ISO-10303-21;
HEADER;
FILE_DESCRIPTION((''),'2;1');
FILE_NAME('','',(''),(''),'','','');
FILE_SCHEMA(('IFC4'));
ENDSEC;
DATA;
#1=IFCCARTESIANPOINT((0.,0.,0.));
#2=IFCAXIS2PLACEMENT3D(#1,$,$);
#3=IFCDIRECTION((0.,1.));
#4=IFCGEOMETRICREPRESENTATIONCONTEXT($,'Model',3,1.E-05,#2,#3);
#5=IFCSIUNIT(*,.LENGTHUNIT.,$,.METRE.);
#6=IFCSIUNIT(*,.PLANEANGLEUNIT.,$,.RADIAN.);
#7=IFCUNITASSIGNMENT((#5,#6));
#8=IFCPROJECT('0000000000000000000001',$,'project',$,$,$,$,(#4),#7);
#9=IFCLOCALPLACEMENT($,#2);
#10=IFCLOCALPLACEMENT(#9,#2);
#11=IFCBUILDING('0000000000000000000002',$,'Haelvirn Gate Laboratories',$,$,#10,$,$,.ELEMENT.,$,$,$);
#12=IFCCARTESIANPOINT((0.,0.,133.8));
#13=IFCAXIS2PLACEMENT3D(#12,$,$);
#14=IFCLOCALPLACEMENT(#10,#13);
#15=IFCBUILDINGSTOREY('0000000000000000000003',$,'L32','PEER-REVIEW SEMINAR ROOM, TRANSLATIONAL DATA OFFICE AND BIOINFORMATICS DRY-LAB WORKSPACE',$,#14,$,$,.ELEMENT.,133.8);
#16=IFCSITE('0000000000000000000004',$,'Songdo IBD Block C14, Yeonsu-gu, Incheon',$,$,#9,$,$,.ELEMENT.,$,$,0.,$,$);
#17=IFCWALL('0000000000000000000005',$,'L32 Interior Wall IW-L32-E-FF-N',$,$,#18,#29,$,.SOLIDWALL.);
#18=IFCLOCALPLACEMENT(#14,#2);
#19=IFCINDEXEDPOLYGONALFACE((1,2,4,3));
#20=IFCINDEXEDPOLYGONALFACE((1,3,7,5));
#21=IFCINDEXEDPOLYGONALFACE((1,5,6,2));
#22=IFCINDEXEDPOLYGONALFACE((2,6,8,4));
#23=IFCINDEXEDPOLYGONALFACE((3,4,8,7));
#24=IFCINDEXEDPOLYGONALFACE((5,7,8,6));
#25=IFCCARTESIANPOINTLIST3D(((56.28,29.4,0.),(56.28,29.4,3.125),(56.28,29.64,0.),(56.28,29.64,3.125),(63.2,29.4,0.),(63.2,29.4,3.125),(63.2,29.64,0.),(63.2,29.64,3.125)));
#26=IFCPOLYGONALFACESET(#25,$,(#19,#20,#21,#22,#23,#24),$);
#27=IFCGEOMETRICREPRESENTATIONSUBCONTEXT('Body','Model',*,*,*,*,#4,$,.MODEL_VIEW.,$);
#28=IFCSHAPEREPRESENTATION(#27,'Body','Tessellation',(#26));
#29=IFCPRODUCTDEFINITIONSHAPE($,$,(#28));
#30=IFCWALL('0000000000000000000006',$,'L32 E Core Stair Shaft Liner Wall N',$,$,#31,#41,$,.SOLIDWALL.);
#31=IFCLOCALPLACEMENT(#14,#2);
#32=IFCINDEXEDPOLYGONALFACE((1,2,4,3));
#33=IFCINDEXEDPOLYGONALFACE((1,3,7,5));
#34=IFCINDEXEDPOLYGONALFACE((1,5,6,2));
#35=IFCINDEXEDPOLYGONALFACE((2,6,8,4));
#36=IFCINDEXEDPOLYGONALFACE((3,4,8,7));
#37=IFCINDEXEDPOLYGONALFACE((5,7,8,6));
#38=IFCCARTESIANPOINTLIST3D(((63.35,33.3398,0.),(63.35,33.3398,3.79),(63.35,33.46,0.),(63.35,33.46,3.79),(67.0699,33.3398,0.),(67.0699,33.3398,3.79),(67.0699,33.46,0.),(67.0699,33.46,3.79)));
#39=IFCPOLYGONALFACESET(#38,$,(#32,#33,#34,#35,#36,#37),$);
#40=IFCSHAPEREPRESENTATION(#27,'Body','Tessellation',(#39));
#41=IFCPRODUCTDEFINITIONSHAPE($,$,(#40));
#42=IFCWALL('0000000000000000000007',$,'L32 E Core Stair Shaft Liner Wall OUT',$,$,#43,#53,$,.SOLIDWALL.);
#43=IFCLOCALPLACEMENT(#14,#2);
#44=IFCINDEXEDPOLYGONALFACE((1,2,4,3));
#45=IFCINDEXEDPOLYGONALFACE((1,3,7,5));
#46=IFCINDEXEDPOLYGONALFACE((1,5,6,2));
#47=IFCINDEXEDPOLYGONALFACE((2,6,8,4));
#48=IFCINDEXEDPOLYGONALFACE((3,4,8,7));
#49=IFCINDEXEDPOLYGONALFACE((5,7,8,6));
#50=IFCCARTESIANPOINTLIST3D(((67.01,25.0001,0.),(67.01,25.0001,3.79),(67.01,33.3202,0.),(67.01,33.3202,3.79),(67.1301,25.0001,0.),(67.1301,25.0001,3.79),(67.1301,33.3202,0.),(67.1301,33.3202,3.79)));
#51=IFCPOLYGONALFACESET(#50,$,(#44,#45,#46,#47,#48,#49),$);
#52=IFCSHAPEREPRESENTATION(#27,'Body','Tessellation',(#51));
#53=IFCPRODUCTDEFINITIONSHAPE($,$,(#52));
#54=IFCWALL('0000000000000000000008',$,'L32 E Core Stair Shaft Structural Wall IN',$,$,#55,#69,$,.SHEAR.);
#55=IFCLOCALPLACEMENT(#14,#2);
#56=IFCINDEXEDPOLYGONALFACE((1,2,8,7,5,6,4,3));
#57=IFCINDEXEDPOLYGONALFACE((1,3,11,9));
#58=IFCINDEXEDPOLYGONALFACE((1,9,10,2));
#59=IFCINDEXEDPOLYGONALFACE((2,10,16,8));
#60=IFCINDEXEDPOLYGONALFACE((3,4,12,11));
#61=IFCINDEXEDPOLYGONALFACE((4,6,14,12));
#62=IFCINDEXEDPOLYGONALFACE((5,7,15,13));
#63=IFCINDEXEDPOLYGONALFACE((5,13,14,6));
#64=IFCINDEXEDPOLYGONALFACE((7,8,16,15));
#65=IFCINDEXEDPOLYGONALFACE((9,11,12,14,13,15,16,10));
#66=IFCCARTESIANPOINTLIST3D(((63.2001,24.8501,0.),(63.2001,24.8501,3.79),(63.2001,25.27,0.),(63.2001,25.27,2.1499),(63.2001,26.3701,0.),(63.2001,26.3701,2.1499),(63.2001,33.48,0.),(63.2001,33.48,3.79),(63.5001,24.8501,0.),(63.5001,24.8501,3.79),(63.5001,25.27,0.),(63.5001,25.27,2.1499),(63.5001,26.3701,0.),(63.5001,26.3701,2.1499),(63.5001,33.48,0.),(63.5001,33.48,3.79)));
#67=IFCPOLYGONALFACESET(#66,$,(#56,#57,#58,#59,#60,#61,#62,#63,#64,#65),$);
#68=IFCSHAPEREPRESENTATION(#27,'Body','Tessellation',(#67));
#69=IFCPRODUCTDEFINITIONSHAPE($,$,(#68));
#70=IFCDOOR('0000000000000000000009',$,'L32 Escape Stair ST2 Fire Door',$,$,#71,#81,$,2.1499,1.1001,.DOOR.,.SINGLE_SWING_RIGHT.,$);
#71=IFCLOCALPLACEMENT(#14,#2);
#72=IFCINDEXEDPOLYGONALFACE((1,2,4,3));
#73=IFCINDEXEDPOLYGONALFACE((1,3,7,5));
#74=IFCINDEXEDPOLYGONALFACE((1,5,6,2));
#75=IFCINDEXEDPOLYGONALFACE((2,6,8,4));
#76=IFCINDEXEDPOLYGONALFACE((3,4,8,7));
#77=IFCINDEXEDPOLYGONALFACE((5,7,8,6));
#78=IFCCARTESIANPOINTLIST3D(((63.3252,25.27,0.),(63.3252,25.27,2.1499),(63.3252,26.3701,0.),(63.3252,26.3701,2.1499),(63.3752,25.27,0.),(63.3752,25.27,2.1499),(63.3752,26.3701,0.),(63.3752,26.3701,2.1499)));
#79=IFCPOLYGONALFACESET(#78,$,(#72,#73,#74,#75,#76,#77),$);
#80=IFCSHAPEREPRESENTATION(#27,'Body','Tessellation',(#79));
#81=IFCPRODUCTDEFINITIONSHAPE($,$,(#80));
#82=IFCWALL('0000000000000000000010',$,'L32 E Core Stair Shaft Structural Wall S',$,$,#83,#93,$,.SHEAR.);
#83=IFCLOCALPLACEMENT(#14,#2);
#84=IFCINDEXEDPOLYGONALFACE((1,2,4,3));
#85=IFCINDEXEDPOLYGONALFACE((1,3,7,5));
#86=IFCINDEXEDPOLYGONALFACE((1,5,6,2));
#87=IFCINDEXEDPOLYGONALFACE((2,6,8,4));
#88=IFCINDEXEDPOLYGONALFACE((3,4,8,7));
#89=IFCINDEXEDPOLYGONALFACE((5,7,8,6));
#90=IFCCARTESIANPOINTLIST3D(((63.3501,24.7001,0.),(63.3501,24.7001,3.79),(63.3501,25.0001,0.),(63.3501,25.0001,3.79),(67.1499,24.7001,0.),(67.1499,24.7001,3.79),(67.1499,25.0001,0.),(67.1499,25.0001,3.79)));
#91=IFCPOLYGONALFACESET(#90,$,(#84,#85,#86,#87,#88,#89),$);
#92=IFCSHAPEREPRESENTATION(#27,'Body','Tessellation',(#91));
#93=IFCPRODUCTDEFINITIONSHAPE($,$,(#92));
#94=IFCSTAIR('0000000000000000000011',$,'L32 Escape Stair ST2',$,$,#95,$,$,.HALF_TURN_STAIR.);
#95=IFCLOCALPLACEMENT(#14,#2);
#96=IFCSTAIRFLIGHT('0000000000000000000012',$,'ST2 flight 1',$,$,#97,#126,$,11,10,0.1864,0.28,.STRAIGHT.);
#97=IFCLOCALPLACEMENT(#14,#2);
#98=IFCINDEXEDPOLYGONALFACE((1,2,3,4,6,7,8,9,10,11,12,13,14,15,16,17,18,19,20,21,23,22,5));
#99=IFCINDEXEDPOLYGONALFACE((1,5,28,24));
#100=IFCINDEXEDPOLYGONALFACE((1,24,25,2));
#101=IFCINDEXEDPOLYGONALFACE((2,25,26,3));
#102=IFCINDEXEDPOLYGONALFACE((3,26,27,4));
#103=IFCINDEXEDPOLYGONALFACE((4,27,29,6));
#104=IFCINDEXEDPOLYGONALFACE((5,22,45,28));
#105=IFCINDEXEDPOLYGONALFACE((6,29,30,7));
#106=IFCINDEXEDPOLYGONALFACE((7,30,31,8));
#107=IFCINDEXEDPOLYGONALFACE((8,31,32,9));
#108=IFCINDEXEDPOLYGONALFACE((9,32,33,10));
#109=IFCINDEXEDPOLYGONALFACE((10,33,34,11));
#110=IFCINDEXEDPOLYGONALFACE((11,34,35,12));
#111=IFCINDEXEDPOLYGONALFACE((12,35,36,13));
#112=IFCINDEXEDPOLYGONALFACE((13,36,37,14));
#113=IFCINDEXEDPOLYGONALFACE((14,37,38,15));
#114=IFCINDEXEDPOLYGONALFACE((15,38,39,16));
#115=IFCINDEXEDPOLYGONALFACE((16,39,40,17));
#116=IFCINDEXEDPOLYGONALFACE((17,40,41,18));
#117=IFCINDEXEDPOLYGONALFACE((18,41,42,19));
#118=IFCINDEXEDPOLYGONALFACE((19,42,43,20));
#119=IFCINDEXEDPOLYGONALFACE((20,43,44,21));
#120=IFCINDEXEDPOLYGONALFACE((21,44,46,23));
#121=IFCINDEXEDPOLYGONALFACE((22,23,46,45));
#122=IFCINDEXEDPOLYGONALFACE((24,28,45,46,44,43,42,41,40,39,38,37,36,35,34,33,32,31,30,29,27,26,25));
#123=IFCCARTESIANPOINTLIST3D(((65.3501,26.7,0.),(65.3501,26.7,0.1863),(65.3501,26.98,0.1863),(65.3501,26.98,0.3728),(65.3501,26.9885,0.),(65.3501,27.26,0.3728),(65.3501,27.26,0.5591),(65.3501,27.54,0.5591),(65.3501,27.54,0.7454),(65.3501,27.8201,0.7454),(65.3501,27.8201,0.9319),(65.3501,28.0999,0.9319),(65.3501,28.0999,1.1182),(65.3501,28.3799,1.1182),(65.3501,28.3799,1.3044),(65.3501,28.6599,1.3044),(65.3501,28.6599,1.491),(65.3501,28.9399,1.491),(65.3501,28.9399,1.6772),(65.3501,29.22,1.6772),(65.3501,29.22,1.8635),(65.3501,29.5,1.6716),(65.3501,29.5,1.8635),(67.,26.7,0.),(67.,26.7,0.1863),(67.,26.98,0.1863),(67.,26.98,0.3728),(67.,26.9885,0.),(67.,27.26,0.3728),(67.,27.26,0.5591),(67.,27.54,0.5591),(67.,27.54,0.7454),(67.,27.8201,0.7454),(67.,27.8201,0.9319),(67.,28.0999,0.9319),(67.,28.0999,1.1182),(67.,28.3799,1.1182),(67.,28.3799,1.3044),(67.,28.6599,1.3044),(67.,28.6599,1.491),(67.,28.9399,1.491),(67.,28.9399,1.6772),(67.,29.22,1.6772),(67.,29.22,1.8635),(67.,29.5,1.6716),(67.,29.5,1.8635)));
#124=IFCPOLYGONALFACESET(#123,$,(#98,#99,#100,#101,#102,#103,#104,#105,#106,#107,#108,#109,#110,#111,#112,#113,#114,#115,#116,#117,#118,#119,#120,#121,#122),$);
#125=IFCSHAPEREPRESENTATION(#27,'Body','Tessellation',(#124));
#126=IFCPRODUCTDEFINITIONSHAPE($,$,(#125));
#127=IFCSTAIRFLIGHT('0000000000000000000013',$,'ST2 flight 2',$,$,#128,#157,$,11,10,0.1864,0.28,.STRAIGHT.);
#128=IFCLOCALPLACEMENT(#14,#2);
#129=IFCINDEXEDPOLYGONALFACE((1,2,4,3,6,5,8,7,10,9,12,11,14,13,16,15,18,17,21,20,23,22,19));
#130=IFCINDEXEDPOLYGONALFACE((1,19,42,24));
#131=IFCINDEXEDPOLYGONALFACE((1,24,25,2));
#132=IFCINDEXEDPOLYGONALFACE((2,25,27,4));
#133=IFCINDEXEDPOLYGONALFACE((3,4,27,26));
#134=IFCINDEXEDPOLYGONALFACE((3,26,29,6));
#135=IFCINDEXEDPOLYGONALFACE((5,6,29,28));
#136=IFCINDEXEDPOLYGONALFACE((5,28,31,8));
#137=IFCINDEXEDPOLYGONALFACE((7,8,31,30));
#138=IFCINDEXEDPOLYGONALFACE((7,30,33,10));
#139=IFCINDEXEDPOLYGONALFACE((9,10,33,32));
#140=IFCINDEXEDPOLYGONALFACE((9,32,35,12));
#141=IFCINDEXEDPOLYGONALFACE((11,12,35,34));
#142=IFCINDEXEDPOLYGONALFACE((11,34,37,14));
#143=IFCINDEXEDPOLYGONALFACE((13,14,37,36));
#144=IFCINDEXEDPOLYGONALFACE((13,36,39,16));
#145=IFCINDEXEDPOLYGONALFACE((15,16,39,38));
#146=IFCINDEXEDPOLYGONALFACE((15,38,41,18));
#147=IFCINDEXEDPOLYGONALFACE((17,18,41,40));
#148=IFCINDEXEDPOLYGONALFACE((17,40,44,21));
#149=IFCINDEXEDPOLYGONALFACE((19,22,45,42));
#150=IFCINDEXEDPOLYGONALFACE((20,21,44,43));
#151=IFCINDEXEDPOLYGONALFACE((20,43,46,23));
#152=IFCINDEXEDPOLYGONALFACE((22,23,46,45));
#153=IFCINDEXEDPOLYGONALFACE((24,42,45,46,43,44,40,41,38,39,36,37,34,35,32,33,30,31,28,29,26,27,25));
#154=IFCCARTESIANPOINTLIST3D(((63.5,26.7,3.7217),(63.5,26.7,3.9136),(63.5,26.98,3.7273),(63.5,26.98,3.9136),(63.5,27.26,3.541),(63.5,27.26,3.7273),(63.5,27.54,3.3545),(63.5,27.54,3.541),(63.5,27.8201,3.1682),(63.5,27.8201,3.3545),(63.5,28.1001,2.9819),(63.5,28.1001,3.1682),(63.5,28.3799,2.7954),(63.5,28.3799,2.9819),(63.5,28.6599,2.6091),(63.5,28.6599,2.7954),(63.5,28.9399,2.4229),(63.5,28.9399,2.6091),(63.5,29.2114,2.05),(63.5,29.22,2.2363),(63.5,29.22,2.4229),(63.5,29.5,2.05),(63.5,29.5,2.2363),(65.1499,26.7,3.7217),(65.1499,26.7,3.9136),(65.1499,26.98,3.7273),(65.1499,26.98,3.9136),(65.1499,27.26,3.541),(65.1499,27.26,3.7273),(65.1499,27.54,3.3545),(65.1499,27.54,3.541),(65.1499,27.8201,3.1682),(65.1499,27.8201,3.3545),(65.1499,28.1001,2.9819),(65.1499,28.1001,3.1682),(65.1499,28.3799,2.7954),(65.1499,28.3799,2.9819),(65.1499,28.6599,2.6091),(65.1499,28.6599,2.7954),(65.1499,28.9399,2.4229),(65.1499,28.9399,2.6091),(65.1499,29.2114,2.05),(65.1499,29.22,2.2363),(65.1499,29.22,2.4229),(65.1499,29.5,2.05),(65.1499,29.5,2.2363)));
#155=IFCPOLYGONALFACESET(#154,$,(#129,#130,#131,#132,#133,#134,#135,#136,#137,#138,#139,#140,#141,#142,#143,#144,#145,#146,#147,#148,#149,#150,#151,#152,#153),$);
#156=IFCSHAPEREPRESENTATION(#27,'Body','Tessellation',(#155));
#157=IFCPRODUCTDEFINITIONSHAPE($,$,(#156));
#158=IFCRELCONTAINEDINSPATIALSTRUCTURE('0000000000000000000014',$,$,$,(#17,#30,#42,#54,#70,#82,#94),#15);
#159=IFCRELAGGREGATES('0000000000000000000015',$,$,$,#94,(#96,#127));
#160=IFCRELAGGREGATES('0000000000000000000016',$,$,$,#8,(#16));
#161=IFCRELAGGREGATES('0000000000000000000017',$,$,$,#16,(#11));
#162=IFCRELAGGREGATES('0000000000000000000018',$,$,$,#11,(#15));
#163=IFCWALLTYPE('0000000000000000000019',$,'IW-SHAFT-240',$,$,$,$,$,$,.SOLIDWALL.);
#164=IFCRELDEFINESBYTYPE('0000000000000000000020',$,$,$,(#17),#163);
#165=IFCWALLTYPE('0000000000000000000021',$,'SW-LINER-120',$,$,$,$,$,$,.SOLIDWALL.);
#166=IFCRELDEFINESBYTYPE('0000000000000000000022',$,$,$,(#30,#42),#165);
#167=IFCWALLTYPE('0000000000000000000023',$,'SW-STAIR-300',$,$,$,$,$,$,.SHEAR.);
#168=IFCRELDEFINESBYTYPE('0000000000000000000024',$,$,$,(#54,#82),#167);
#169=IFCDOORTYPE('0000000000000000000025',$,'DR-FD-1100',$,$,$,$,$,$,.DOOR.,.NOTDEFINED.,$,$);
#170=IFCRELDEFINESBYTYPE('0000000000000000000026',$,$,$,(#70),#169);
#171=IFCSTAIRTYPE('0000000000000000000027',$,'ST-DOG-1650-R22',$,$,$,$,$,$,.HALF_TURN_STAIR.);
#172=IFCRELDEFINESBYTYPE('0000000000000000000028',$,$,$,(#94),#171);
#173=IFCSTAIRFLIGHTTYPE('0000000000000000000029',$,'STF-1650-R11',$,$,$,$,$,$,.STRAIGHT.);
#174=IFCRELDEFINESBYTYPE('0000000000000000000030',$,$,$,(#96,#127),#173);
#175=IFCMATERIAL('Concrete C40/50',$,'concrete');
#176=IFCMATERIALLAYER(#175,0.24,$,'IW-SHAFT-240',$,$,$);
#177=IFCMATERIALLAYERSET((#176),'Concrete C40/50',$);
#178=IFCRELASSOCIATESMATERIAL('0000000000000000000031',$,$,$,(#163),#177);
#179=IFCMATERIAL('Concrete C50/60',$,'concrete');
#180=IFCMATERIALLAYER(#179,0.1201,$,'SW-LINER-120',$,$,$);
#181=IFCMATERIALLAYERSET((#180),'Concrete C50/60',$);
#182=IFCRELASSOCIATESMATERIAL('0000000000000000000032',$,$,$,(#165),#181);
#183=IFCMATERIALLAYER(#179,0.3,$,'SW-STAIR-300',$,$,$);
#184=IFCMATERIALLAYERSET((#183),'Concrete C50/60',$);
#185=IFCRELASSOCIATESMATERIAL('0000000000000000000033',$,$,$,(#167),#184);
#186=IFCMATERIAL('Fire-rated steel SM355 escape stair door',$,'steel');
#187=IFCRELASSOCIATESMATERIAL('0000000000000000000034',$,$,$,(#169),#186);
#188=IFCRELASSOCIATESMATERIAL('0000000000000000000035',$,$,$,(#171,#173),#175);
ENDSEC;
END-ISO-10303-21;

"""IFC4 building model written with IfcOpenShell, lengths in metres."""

from ifc_helpers import new_model, si_unit, direction, frame, frame_2d, origin, place, context, subcontext, project, spatial, polyline, rectangle, outline, extrude, source, transform, mapped, material, layer, layer_set, type_object, type_shapes, element, fill, aggregate, save


model = new_model("IFC4")

# Units and contexts
model_context = context("Model", 3, precision=1e-05, world=origin(), true_north=direction((0.0, 1.0)))
body_context = subcontext(model_context, "Body", "Model", "MODEL_VIEW")
ifc_project = project(units=[si_unit("LENGTHUNIT", "METRE"), si_unit("PLANEANGLEUNIT", "RADIAN")], contexts=[model_context])

# Site, building, storey
site_placement = place(None, origin())
site = spatial("IfcSite", under=ifc_project, at=site_placement, Name="Songdo IBD Block C14, Yeonsu-gu, Incheon", CompositionType="ELEMENT", RefElevation=0.0)
building_placement = place(site_placement, origin())
building = spatial("IfcBuilding", under=site, at=building_placement, Name="Haelvirn Gate Laboratories", CompositionType="ELEMENT")
storey_placement = place(building_placement, frame((0.0, 0.0, 133.8)))
storey = spatial("IfcBuildingStorey", under=building, at=storey_placement, Name="L32", Description="PEER-REVIEW SEMINAR ROOM, TRANSLATIONAL DATA OFFICE AND BIOINFORMATICS DRY-LAB WORKSPACE", CompositionType="ELEMENT", Elevation=133.8)

# Walls
ifc_material_1 = material(Name="Concrete C40/50", Category="concrete")
ifc_layer_1 = layer(ifc_material_1, 0.24, Name="IW-SHAFT-240")
ifc_layer_set_1 = layer_set([ifc_layer_1], Name="Concrete C40/50")
wall_type_1 = type_object("IfcWallType", Name="IW-SHAFT-240", PredefinedType="SOLIDWALL", material=ifc_layer_set_1)
wall_1_placement = place(storey_placement, frame((56.28, 29.52, 0.0), z_axis=(0.0, 0.0, 1.0), x_axis=(1.0, 0.0, 0.0)))
element("IfcWall", 1, at=wall_1_placement, inside=storey, type_object=wall_type_1, Name="L32 Interior Wall IW-L32-E-FF-N", PredefinedType="SOLIDWALL", context=body_context, shape_type="SweptSolid", body=[
    extrude(rectangle(XDim=6.9199, YDim=0.24, at=frame_2d((3.46, 0.0))), origin(), (0.0, 0.0, 1.0), 3.125),
])
ifc_material_2 = material(Name="Concrete C50/60", Category="concrete")
ifc_layer_2 = layer(ifc_material_2, 0.1201, Name="SW-LINER-120")
ifc_layer_set_2 = layer_set([ifc_layer_2], Name="Concrete C50/60")
wall_type_2 = type_object("IfcWallType", Name="SW-LINER-120", PredefinedType="SOLIDWALL", material=ifc_layer_set_2)
wall_2_placement = place(storey_placement, frame((63.3501, 33.3999, 0.0), z_axis=(0.0, 0.0, 1.0), x_axis=(1.0, 0.0, 0.0)))
element("IfcWall", 2, at=wall_2_placement, inside=storey, type_object=wall_type_2, Name="L32 E Core Stair Shaft Liner Wall N", PredefinedType="SOLIDWALL", context=body_context, shape_type="SweptSolid", body=[
    extrude(rectangle(XDim=3.72, YDim=0.1201, at=frame_2d((1.8599, 0.0))), origin(), (0.0, 0.0, 1.0), 3.79),
])
wall_3_placement = place(storey_placement, frame((67.0701, 25.0, 0.0), z_axis=(0.0, 0.0, 1.0), x_axis=(0.0, 1.0, 0.0)))
element("IfcWall", 3, at=wall_3_placement, inside=storey, type_object=wall_type_2, Name="L32 E Core Stair Shaft Liner Wall OUT", PredefinedType="SOLIDWALL", context=body_context, shape_type="SweptSolid", body=[
    extrude(rectangle(XDim=8.3201, YDim=0.1201, at=frame_2d((4.1602, 0.0))), origin(), (0.0, 0.0, 1.0), 3.79),
])

# Wall, opening, door
ifc_layer_3 = layer(ifc_material_2, 0.3, Name="SW-STAIR-300")
ifc_layer_set_3 = layer_set([ifc_layer_3], Name="Concrete C50/60")
wall_type_3 = type_object("IfcWallType", Name="SW-STAIR-300", PredefinedType="SHEAR", material=ifc_layer_set_3)
wall_4_placement = place(storey_placement, frame((63.3501, 24.8501, 0.0), z_axis=(0.0, 0.0, 1.0), x_axis=(0.0, 1.0, 0.0)))
wall_4 = element("IfcWall", 4, at=wall_4_placement, inside=storey, type_object=wall_type_3, Name="L32 E Core Stair Shaft Structural Wall IN", PredefinedType="SHEAR", context=body_context, shape_type="SweptSolid", body=[
    extrude(rectangle(XDim=8.6299, YDim=0.3, at=frame_2d((4.3149, 0.0))), origin(), (0.0, 0.0, 1.0), 3.79),
])
opening_1_placement = place(wall_4_placement, frame((0.4199, 0.0, 0.0)))
opening_1 = element("IfcOpeningElement", 5, at=opening_1_placement, cuts=wall_4, PredefinedType="OPENING", context=body_context, shape_type="SweptSolid", body=[
    extrude(rectangle(XDim=1.1001, YDim=2.1499, at=frame_2d((0.55, 1.075))), frame((0.0, 0.1602, 0.0), z_axis=(0.0, -1.0, 0.0), x_axis=(1.0, 0.0, 0.0)), (0.0, 0.0, 1.0), 0.3201),
])
ifc_material_3 = material(Name="Fire-rated steel SM355 escape stair door", Category="steel")
door_type_1 = type_object("IfcDoorType", Name="DR-FD-1100", OperationType="NOTDEFINED", PredefinedType="DOOR", material=ifc_material_3)
shared_shape_1 = source(origin(), body_context, "Body", "SweptSolid", [
    extrude(rectangle(XDim=1.1001, YDim=2.1499, at=frame_2d((0.55, 1.075))), frame((0.0, 0.0249, 0.0), z_axis=(0.0, -1.0, 0.0), x_axis=(1.0, 0.0, 0.0)), (0.0, 0.0, 1.0), 0.05),
])
type_shapes(door_type_1, [shared_shape_1])
door_1_placement = place(opening_1_placement, origin())
door_1 = element("IfcDoor", 6, at=door_1_placement, inside=storey, type_object=door_type_1, Name="L32 Escape Stair ST2 Fire Door", OperationType="SINGLE_SWING_RIGHT", OverallHeight=2.1499, OverallWidth=1.1001, PredefinedType="DOOR", context=body_context, shape_type="MappedRepresentation", body=[
    mapped(shared_shape_1, transform((0.0, 0.0, 0.0), scale=1.0)),
])
fill(opening_1, door_1)

# Wall
wall_5_placement = place(storey_placement, frame((63.3501, 24.8501, 0.0), z_axis=(0.0, 0.0, 1.0), x_axis=(1.0, 0.0, 0.0)))
element("IfcWall", 7, at=wall_5_placement, inside=storey, type_object=wall_type_3, Name="L32 E Core Stair Shaft Structural Wall S", PredefinedType="SHEAR", context=body_context, shape_type="SweptSolid", body=[
    extrude(rectangle(XDim=3.7998, YDim=0.3, at=frame_2d((1.8999, 0.0))), origin(), (0.0, 0.0, 1.0), 3.79),
])

# Stair, stair flights
stair_type = type_object("IfcStairType", Name="ST-DOG-1650-R22", PredefinedType="HALF_TURN_STAIR", material=ifc_material_1)
stair_placement = place(storey_placement, origin())
stair = element("IfcStair", 8, at=stair_placement, inside=storey, type_object=stair_type, Name="L32 Escape Stair ST2", PredefinedType="HALF_TURN_STAIR")
stair_flight_type = type_object("IfcStairFlightType", Name="STF-1650-R11", PredefinedType="STRAIGHT", material=ifc_material_1)
shared_shape_2 = source(origin(), body_context, "Body", "SweptSolid", [
    extrude(outline(polyline([(0.0, 0.0), (0.0, 0.1863), (0.28, 0.1863), (0.28, 0.3728), (0.5601, 0.3728), (0.5601, 0.5591), (0.8401, 0.5591), (0.8401, 0.7454), (1.1201, 0.7454), (1.1201, 0.9319), (1.3999, 0.9319), (1.3999, 1.1182), (1.6799, 1.1182), (1.6799, 1.3044), (1.96, 1.3044), (1.96, 1.491), (2.24, 1.491), (2.24, 1.6772), (2.52, 1.6772), (2.52, 1.8635), (2.8, 1.8635), (2.8, 2.05), (2.8, 1.6716), (0.2886, 0.0), (0.0, 0.0)])), frame((0.0, 0.825, 0.0), z_axis=(0.0, -1.0, 0.0), x_axis=(1.0, 0.0, 0.0)), (0.0, 0.0, 1.0), 1.6499),
])
type_shapes(stair_flight_type, [shared_shape_2])
stair_flight_1_placement = place(storey_placement, frame((66.175, 26.7, 0.0), z_axis=(0.0, 0.0, 1.0), x_axis=(0.0, 1.0, 0.0)))
stair_flight_1 = element("IfcStairFlight", 9, at=stair_flight_1_placement, type_object=stair_flight_type, Name="ST2 flight 1", NumberOfRisers=11, NumberOfTreads=10, PredefinedType="STRAIGHT", RiserHeight=0.1864, TreadLength=0.28, context=body_context, shape_type="MappedRepresentation", body=[
    mapped(shared_shape_2, transform((0.0, 0.0, 0.0), scale=1.0)),
])
stair_flight_2_placement = place(storey_placement, frame((64.325, 29.5, 2.05), z_axis=(0.0, 0.0, 1.0), x_axis=(0.0, -1.0, 0.0)))
stair_flight_2 = element("IfcStairFlight", 10, at=stair_flight_2_placement, type_object=stair_flight_type, Name="ST2 flight 2", NumberOfRisers=11, NumberOfTreads=10, PredefinedType="STRAIGHT", RiserHeight=0.1864, TreadLength=0.28, context=body_context, shape_type="MappedRepresentation", body=[
    mapped(shared_shape_2, transform((0.0, 0.0, 0.0), scale=1.0)),
])
aggregate(stair, [stair_flight_1, stair_flight_2])

save(model, "model.ifc")
